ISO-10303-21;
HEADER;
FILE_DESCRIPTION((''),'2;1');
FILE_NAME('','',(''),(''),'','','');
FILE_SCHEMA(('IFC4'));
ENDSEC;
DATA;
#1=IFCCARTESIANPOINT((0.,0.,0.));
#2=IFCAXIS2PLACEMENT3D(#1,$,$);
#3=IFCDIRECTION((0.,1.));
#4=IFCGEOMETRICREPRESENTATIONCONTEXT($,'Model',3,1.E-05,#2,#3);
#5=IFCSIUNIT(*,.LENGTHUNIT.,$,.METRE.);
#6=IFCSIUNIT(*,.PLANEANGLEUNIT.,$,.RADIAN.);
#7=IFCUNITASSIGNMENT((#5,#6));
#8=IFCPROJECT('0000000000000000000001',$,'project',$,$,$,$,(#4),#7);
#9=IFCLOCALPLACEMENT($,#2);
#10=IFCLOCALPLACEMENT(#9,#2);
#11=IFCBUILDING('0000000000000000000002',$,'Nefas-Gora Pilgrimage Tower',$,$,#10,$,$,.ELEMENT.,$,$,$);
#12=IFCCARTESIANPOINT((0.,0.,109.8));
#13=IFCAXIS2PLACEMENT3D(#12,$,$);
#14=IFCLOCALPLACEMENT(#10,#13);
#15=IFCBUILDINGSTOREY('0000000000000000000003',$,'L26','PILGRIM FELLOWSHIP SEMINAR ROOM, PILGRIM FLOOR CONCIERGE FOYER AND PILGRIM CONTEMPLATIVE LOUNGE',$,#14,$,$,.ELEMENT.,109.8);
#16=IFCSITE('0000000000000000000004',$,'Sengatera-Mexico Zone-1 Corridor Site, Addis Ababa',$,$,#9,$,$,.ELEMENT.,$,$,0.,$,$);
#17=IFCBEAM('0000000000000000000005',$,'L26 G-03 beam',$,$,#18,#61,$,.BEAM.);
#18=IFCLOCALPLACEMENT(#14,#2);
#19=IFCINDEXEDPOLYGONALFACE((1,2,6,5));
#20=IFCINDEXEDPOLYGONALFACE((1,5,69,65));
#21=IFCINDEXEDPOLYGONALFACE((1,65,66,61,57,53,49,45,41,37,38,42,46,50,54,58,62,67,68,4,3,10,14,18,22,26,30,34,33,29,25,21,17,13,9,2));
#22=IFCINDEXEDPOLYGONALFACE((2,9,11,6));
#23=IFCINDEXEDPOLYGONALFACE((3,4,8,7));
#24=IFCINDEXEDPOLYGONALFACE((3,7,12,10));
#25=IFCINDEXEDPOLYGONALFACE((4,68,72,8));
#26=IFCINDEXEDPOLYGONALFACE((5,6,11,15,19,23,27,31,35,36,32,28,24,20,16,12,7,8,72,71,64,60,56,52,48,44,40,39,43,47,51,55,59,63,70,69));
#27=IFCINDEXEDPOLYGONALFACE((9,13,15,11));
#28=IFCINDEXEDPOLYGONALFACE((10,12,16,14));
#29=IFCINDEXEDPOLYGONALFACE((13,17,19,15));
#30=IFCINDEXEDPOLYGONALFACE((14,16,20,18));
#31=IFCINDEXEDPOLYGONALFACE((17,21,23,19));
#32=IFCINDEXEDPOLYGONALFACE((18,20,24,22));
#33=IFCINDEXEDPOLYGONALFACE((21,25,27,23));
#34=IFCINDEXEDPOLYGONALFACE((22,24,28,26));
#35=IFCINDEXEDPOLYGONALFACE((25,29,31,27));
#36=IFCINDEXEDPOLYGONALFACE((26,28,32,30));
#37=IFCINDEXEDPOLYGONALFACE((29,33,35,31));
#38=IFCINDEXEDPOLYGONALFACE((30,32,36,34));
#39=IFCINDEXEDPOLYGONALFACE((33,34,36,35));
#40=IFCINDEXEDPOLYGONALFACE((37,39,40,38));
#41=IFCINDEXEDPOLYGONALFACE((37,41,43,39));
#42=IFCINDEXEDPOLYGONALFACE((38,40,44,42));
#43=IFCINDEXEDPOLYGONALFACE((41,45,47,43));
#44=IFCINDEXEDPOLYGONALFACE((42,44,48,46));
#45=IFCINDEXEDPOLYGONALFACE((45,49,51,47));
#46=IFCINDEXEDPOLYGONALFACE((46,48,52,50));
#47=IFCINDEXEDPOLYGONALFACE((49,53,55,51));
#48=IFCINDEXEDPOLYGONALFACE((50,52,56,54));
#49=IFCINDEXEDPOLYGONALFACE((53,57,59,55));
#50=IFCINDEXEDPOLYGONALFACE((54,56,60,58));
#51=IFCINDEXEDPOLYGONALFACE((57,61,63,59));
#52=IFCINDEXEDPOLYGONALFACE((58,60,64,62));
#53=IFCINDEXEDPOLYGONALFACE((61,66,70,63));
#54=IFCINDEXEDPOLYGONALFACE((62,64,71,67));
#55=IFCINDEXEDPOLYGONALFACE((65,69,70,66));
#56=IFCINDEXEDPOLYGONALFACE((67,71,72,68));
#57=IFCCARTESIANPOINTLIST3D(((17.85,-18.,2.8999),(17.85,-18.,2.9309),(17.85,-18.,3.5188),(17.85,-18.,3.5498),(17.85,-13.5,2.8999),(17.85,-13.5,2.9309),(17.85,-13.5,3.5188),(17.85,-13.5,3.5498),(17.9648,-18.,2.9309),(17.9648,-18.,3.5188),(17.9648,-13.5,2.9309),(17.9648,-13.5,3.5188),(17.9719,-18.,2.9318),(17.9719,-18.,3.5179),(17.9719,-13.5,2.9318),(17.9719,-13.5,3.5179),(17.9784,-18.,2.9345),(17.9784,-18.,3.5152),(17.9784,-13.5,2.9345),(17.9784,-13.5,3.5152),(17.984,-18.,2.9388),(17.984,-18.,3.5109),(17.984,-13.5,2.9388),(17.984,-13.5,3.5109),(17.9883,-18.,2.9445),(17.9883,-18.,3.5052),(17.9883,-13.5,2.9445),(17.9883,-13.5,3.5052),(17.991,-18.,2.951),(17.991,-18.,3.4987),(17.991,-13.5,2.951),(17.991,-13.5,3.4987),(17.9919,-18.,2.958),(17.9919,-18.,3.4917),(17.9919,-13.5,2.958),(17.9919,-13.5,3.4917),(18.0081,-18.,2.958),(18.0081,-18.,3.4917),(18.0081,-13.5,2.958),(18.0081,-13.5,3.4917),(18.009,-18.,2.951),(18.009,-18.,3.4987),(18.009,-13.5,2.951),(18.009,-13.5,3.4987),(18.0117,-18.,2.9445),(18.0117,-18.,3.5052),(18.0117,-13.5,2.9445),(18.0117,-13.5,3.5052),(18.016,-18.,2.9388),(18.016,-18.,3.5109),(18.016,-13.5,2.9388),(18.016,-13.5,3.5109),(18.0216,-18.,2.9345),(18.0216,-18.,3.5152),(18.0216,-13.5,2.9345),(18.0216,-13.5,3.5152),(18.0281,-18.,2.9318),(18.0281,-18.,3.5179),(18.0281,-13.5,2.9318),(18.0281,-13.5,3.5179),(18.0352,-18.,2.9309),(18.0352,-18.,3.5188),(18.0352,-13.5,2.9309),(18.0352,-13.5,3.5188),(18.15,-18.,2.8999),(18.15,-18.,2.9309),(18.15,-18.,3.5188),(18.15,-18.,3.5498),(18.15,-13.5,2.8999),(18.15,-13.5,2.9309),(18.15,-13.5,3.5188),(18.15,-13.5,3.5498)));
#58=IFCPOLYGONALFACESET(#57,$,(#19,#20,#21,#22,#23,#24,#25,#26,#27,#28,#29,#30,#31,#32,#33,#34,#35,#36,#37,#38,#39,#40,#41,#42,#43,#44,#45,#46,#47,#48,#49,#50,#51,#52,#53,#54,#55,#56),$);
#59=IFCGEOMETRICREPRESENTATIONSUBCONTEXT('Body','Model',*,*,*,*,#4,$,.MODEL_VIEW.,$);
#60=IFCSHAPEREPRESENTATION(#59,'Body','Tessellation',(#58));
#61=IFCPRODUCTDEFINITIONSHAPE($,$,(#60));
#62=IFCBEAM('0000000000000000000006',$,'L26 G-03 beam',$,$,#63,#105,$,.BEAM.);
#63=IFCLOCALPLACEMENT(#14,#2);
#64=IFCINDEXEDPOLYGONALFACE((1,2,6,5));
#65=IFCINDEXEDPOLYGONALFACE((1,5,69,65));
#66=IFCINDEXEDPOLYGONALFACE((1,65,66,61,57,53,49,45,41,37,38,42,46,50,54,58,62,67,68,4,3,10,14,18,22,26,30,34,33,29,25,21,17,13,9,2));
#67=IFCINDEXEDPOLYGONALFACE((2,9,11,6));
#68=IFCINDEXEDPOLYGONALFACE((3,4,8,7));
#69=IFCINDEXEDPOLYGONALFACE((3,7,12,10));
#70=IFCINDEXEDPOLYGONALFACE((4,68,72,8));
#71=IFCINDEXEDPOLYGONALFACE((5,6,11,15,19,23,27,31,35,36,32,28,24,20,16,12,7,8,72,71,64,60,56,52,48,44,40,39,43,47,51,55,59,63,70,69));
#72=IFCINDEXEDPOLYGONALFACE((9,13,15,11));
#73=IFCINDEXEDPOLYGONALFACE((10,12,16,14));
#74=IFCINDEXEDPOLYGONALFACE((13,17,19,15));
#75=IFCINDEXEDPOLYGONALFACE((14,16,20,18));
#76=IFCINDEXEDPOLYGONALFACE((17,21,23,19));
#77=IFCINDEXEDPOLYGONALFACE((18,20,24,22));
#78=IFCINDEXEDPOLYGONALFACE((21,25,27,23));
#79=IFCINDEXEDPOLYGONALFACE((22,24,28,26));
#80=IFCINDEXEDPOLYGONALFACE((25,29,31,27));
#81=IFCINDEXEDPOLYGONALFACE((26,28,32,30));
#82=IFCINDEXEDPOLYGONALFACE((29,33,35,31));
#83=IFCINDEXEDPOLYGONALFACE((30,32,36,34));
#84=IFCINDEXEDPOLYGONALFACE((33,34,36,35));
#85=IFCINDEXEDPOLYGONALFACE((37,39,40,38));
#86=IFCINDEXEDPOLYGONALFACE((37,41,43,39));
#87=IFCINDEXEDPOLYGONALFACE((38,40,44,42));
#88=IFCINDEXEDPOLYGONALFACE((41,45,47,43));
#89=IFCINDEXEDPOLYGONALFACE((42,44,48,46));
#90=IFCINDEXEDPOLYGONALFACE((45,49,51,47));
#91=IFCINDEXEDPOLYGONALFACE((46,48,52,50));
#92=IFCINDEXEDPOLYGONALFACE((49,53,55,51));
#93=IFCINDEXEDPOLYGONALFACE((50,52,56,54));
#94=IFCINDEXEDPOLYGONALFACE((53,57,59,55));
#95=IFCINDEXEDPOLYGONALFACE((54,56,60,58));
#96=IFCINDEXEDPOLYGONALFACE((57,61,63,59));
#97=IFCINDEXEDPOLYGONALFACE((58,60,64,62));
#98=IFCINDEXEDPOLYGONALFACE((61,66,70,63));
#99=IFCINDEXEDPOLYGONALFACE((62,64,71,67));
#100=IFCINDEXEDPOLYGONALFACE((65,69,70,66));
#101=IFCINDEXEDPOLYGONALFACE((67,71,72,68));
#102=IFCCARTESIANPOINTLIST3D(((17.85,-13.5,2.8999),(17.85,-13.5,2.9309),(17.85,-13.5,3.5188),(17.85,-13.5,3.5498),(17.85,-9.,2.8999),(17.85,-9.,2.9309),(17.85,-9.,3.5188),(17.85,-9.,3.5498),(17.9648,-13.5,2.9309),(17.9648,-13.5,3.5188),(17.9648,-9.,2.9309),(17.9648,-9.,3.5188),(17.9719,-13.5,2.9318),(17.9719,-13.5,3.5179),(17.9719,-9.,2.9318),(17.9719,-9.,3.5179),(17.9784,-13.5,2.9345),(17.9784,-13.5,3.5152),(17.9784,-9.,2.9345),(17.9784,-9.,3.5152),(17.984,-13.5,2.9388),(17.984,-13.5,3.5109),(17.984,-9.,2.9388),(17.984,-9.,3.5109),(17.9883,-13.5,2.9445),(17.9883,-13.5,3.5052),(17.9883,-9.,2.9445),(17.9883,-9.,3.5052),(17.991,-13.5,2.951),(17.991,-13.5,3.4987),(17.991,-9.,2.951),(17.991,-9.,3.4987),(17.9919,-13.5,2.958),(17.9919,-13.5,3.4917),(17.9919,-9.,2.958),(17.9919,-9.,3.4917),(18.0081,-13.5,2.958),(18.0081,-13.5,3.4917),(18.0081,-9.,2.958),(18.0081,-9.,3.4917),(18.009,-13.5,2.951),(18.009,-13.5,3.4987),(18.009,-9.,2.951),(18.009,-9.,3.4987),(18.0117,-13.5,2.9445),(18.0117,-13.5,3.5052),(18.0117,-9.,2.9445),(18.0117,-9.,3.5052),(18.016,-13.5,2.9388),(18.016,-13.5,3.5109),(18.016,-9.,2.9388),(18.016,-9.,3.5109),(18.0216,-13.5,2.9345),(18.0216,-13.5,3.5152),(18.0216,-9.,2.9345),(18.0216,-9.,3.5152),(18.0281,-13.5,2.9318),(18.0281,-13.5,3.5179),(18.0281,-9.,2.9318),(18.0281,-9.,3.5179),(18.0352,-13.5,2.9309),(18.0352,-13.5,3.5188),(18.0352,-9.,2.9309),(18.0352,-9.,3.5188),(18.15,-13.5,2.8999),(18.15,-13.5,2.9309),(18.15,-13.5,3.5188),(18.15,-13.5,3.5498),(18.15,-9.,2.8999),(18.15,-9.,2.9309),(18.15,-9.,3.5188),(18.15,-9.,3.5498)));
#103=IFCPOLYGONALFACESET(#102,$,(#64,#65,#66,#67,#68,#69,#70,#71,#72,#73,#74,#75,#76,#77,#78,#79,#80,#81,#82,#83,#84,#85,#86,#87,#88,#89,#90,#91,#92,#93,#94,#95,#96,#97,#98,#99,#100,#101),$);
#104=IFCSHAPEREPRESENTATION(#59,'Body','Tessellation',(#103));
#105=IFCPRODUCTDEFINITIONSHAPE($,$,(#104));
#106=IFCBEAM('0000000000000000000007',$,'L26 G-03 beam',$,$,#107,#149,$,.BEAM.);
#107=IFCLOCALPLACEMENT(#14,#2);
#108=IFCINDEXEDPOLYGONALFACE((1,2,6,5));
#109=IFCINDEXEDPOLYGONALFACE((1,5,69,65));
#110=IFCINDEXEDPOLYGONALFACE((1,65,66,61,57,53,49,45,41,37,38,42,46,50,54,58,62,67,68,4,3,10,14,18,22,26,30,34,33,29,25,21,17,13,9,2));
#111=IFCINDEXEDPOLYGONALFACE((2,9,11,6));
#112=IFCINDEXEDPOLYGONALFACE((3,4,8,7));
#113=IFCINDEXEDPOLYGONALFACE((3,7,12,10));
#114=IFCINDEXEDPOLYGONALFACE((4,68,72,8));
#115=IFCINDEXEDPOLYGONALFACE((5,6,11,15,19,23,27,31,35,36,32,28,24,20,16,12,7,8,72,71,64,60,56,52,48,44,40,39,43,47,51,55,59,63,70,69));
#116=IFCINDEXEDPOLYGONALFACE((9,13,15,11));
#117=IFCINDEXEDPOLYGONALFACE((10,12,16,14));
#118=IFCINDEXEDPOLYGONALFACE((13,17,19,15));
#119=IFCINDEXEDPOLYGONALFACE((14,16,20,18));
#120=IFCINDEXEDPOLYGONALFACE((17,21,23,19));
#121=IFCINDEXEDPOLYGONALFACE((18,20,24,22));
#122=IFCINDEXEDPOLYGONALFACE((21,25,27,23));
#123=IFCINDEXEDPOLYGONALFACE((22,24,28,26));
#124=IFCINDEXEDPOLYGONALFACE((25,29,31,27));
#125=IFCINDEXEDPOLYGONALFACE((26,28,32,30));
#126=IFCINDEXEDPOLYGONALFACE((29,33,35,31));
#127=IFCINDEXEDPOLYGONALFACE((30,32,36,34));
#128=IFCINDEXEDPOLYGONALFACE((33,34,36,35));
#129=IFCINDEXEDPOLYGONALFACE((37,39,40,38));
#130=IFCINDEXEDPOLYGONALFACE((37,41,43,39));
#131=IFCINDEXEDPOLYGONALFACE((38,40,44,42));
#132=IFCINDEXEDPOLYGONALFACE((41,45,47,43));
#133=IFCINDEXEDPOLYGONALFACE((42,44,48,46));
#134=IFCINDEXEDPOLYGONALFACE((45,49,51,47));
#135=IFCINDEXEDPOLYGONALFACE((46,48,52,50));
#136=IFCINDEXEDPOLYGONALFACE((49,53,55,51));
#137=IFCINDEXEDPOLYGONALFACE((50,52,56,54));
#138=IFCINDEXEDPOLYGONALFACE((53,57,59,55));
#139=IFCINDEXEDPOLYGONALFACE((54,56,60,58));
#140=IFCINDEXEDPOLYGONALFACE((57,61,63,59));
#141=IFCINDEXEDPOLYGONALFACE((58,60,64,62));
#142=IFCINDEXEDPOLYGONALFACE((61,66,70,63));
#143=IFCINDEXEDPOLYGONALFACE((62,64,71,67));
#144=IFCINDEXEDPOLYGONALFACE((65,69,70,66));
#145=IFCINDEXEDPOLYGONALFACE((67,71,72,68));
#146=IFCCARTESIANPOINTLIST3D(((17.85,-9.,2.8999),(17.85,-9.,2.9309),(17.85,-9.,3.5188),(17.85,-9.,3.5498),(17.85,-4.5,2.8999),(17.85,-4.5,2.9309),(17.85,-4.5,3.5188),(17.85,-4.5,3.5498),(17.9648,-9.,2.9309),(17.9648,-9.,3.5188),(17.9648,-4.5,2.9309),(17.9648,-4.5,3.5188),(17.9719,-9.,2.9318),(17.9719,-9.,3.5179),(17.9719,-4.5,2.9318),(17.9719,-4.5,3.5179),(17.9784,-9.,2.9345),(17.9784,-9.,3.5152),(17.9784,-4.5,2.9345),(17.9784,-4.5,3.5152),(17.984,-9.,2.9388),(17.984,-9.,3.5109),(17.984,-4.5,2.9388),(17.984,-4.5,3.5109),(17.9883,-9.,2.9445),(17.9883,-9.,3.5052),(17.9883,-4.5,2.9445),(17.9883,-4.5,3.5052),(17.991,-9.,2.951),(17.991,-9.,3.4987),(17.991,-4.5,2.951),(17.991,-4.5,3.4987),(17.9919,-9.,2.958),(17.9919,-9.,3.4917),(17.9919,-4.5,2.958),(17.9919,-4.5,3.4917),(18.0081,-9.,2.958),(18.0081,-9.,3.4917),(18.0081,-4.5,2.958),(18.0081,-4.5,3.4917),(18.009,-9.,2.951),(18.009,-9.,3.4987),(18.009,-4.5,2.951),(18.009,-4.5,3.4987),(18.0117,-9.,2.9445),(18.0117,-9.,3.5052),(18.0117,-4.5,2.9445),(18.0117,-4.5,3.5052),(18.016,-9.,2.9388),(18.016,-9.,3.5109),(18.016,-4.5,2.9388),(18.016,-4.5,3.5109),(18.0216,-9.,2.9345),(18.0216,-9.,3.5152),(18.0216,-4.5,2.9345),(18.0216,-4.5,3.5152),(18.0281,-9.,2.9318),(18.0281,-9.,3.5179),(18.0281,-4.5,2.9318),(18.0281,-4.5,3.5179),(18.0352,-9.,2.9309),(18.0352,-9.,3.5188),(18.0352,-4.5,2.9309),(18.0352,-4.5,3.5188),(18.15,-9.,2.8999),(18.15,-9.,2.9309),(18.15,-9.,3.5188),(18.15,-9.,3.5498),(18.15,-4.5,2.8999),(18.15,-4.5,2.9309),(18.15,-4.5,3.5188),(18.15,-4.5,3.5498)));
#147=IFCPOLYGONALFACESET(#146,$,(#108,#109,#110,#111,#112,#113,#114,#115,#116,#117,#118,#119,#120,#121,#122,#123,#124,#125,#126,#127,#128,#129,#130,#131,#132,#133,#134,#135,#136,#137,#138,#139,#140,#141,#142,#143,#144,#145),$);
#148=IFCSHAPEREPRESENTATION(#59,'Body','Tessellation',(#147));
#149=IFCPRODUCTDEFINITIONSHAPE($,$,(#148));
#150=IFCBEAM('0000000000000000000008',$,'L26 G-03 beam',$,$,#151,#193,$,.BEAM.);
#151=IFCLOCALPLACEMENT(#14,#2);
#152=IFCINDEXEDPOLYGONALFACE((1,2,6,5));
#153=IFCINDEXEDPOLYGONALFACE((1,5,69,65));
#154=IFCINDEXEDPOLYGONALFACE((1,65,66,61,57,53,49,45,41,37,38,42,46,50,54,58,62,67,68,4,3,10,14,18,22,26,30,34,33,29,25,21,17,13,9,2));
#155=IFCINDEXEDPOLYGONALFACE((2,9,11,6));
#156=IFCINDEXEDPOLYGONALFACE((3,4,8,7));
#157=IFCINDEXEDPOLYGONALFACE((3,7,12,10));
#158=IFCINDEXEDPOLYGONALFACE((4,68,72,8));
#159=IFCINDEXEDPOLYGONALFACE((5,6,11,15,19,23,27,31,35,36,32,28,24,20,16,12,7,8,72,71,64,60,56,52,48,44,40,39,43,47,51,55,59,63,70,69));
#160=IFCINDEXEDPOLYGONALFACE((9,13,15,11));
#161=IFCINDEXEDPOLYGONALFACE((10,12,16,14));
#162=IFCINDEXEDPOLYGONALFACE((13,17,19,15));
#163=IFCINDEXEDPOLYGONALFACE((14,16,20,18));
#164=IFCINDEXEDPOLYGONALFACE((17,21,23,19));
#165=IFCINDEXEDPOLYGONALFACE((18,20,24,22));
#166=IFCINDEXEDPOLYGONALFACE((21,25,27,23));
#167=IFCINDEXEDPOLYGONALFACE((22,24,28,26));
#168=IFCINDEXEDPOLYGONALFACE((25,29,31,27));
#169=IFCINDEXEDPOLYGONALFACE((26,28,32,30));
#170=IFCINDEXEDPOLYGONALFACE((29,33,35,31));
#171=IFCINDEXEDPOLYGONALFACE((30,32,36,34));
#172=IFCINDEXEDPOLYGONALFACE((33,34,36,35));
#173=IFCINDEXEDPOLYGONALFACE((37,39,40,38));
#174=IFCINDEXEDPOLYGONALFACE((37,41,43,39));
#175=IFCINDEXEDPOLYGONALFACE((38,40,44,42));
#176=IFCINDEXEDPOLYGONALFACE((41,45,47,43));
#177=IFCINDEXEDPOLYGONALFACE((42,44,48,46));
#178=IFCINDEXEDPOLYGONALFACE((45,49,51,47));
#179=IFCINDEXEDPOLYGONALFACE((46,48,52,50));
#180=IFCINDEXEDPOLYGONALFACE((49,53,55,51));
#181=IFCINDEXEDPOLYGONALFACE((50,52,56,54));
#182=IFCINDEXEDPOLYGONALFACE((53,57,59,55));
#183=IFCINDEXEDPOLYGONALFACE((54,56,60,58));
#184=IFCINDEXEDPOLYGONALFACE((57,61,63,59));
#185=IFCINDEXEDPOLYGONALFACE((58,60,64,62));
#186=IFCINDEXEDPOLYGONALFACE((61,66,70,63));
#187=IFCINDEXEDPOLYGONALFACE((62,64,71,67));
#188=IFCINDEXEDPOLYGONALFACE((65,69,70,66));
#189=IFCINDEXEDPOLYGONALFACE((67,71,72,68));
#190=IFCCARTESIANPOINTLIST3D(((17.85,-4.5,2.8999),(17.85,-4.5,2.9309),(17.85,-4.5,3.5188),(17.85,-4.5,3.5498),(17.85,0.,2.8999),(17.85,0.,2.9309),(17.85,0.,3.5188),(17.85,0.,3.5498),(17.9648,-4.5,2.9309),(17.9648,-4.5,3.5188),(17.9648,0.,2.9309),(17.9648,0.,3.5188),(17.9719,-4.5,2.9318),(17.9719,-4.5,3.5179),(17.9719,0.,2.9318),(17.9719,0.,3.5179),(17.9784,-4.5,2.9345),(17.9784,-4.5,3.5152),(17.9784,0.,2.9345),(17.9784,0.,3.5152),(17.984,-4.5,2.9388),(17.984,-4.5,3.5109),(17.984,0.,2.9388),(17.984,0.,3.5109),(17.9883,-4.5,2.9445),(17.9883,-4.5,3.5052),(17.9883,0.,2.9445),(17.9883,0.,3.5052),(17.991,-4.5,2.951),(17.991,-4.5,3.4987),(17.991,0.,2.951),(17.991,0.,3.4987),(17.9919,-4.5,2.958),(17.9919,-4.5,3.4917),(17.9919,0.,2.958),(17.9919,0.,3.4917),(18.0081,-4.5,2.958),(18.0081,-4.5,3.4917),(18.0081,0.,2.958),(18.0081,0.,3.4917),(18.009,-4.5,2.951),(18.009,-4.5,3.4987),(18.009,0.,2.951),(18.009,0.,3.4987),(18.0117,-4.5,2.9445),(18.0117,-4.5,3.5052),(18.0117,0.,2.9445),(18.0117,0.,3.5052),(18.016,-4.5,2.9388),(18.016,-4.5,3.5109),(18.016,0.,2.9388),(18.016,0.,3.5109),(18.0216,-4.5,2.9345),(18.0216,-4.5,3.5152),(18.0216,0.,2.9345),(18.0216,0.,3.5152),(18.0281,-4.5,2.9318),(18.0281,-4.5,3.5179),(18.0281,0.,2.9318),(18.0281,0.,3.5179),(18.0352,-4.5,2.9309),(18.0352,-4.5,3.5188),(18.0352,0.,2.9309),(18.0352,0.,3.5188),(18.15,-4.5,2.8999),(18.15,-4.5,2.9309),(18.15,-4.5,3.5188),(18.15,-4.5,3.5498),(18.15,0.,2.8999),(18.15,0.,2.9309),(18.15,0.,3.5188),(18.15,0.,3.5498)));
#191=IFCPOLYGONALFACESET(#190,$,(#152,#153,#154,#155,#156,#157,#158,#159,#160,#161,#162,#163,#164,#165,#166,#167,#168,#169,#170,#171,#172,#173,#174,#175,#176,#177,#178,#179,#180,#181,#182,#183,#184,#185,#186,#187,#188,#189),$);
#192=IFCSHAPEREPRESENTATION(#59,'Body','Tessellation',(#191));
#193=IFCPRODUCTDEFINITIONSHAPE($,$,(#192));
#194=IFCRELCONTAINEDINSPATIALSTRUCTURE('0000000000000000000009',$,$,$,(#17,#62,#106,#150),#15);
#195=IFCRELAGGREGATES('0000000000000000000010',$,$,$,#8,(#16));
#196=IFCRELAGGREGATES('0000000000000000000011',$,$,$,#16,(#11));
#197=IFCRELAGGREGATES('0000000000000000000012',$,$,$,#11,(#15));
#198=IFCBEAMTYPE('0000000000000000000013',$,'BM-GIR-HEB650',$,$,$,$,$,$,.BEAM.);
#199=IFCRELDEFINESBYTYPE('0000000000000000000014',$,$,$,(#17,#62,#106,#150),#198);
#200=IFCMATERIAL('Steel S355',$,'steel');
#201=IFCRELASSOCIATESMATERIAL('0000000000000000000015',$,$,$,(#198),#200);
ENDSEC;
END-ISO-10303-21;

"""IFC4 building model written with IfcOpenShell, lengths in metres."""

from ifc_helpers import new_model, si_unit, direction, frame, origin, origin_2d, place, context, subcontext, project, spatial, i_section, extrude, source, transform, mapped, material, material_profile, profile_set, type_object, element, save


model = new_model("IFC4")

# Units and contexts
model_context = context("Model", 3, precision=1e-05, world=origin(), true_north=direction((0.0, 1.0)))
body_context = subcontext(model_context, "Body", "Model", "MODEL_VIEW")
ifc_project = project(units=[si_unit("LENGTHUNIT", "METRE"), si_unit("PLANEANGLEUNIT", "RADIAN")], contexts=[model_context])

# Site, building, storey
site_placement = place(None, origin())
site = spatial("IfcSite", under=ifc_project, at=site_placement, Name="Sengatera-Mexico Zone-1 Corridor Site, Addis Ababa", CompositionType="ELEMENT", RefElevation=0.0)
building_placement = place(site_placement, origin())
building = spatial("IfcBuilding", under=site, at=building_placement, Name="Nefas-Gora Pilgrimage Tower", CompositionType="ELEMENT")
storey_placement = place(building_placement, frame((0.0, 0.0, 109.8)))
storey = spatial("IfcBuildingStorey", under=building, at=storey_placement, Name="L26", Description="PILGRIM FELLOWSHIP SEMINAR ROOM, PILGRIM FLOOR CONCIERGE FOYER AND PILGRIM CONTEMPLATIVE LOUNGE", CompositionType="ELEMENT", Elevation=109.8)

# Beams
ifc_material_1 = material(Name="Steel S355", Category="steel")
ifc_material_profile_1 = material_profile(ifc_material_1, i_section(OverallWidth=0.3, OverallDepth=0.6499, WebThickness=0.0161, FlangeThickness=0.031, FilletRadius=0.0271, at=origin_2d()), Name="HEB 650")
ifc_profile_set_1 = profile_set([ifc_material_profile_1], Name="Steel S355")
beam_type_1 = type_object("IfcBeamType", Name="BM-GIR-HEB650", PredefinedType="BEAM", material=ifc_profile_set_1)
shared_shape_1 = source(origin(), body_context, "Body", "SweptSolid", [
    extrude(i_section(OverallWidth=0.3, OverallDepth=0.6499, WebThickness=0.0161, FlangeThickness=0.031, FilletRadius=0.0271, at=origin_2d()), origin(), (0.0, 0.0, 1.0), 4.5),
])
for number, where, z_axis, x_axis, name in (
    (1, (18.0, -18.0, 3.2249), (0.0, 1.0, 0.0), (-1.0, 0.0, 0.0), "L26 G-03 beam"),
    (2, (18.0, -13.5, 3.2249), (0.0, 1.0, 0.0), (-1.0, 0.0, 0.0), "L26 G-03 beam"),
    (3, (18.0, -9.0, 3.2249), (0.0, 1.0, 0.0), (-1.0, 0.0, 0.0), "L26 G-03 beam"),
    (4, (18.0, -4.5, 3.2249), (0.0, 1.0, 0.0), (-1.0, 0.0, 0.0), "L26 G-03 beam"),
):
    element("IfcBeam", number, at=place(storey_placement, frame(where, z_axis=z_axis, x_axis=x_axis)), inside=storey, type_object=beam_type_1, Name=name, PredefinedType="BEAM", context=body_context, shape_type="MappedRepresentation", body=[
        mapped(shared_shape_1, transform((0.0, 0.0, 0.0), x_axis=(1.0, 0.0, 0.0), y_axis=(0.0, 1.0, 0.0), z_axis=(0.0, 0.0, 1.0), scale=1.0)),
    ])

save(model, "model.ifc")
